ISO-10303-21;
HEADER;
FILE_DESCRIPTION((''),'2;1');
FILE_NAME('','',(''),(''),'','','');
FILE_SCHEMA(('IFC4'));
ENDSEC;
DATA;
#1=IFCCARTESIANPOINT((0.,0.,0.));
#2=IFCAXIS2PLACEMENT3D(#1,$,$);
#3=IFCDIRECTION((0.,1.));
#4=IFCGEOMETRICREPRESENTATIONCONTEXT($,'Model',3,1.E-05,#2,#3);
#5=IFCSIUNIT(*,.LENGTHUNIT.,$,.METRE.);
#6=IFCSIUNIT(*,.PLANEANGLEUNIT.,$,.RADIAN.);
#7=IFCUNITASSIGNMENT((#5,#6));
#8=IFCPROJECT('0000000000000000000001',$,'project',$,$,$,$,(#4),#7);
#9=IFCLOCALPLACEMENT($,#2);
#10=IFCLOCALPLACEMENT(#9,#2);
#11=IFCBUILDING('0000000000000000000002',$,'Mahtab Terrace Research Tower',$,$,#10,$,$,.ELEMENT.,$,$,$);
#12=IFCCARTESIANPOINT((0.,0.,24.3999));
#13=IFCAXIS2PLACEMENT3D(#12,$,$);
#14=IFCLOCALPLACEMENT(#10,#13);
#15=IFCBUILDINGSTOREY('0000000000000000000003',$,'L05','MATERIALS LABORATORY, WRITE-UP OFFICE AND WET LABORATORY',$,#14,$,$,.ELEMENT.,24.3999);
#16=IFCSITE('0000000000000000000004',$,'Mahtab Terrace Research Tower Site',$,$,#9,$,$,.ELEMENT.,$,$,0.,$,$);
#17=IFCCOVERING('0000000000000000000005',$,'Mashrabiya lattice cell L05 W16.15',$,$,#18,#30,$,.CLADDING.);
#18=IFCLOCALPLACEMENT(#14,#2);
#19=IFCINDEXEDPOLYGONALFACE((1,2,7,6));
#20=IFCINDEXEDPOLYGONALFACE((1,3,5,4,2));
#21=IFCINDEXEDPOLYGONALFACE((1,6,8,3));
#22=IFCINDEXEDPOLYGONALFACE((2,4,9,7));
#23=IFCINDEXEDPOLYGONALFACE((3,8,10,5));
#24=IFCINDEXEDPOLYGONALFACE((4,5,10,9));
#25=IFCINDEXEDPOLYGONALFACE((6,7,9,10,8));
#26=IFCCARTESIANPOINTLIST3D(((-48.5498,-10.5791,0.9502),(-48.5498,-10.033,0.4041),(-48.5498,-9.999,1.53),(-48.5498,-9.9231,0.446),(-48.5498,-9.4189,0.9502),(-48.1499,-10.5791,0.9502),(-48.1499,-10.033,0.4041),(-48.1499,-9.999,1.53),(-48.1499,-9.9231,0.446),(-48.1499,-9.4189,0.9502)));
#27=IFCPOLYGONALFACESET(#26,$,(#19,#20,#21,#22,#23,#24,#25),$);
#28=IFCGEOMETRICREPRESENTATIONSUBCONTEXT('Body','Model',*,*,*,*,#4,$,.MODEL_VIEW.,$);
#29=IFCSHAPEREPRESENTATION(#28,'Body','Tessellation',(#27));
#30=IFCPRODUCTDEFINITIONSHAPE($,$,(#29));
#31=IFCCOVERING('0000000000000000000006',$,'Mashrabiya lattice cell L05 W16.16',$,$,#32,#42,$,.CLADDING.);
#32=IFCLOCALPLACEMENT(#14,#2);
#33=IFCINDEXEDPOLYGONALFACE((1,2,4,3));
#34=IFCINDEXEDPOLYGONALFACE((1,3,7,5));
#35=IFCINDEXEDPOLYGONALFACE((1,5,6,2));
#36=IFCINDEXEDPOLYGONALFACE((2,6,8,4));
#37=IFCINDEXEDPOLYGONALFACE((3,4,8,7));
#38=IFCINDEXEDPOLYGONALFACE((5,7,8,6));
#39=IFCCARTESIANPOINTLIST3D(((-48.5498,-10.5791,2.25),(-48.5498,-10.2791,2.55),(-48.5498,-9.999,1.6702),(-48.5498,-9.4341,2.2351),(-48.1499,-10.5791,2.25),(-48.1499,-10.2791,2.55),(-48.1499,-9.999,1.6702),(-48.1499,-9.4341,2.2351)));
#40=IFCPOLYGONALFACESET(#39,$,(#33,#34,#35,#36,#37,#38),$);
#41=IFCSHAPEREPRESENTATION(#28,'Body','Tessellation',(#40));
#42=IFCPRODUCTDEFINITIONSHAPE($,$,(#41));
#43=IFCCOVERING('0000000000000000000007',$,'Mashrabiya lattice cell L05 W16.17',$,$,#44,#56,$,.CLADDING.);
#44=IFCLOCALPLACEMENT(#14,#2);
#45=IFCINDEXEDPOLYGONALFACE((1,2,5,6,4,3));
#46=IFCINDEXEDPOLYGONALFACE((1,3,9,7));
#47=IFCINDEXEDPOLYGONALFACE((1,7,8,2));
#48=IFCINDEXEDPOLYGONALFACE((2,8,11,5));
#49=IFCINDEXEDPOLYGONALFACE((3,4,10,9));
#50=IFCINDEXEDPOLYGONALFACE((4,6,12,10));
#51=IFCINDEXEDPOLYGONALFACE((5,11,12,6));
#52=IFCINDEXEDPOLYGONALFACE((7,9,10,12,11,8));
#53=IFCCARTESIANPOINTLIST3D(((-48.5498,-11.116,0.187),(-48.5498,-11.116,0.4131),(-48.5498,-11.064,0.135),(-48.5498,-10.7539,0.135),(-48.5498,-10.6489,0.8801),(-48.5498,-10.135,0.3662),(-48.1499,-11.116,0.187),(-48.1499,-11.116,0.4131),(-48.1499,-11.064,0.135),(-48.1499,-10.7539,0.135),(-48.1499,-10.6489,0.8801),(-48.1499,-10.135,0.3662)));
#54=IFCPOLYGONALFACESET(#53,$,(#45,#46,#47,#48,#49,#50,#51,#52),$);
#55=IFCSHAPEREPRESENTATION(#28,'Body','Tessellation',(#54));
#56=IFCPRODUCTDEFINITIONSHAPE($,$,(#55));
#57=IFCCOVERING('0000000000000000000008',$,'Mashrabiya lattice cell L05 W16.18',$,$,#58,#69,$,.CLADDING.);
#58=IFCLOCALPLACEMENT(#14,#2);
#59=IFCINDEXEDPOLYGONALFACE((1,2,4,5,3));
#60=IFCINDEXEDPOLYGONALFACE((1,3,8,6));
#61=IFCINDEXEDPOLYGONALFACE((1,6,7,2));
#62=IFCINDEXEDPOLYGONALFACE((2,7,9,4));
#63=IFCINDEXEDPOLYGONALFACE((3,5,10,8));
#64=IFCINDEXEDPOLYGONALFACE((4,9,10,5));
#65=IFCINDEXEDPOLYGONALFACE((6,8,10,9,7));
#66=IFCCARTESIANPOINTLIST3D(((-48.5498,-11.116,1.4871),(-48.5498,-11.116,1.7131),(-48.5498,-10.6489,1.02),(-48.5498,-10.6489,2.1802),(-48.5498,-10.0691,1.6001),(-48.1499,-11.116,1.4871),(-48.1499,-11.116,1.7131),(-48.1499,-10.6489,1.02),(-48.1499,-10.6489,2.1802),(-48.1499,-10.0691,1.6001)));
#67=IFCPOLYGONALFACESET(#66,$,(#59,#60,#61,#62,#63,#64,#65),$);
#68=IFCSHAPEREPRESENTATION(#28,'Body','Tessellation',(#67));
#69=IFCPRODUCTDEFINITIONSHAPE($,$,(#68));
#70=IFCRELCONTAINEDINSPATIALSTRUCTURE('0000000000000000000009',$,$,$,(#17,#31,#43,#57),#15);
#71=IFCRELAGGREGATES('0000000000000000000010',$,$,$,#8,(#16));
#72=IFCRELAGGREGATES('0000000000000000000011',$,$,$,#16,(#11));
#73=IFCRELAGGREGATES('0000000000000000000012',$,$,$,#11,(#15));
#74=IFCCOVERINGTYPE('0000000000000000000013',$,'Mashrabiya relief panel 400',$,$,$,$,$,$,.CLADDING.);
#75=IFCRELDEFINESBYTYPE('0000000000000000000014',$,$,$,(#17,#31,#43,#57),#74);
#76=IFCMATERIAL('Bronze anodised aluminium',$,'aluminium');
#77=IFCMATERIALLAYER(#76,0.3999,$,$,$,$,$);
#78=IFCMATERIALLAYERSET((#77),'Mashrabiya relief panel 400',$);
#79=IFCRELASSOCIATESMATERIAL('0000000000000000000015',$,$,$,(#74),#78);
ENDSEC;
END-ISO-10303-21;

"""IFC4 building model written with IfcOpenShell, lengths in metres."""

from ifc_helpers import new_model, si_unit, direction, frame, origin, place, context, subcontext, project, spatial, polyline, outline, extrude, material, layer, layer_set, type_object, element, save


model = new_model("IFC4")

# Units and contexts
model_context = context("Model", 3, precision=1e-05, world=origin(), true_north=direction((0.0, 1.0)))
body_context = subcontext(model_context, "Body", "Model", "MODEL_VIEW")
ifc_project = project(units=[si_unit("LENGTHUNIT", "METRE"), si_unit("PLANEANGLEUNIT", "RADIAN")], contexts=[model_context])

# Site, building, storey
site_placement = place(None, origin())
site = spatial("IfcSite", under=ifc_project, at=site_placement, Name="Mahtab Terrace Research Tower Site", CompositionType="ELEMENT", RefElevation=0.0)
building_placement = place(site_placement, origin())
building = spatial("IfcBuilding", under=site, at=building_placement, Name="Mahtab Terrace Research Tower", CompositionType="ELEMENT")
storey_placement = place(building_placement, frame((0.0, 0.0, 24.3999)))
storey = spatial("IfcBuildingStorey", under=building, at=storey_placement, Name="L05", Description="MATERIALS LABORATORY, WRITE-UP OFFICE AND WET LABORATORY", CompositionType="ELEMENT", Elevation=24.3999)

# Coverings
ifc_material = material(Name="Bronze anodised aluminium", Category="aluminium")
ifc_layer = layer(ifc_material, 0.3999)
ifc_layer_set = layer_set([ifc_layer], Name="Mashrabiya relief panel 400")
covering_type = type_object("IfcCoveringType", Name="Mashrabiya relief panel 400", PredefinedType="CLADDING", material=ifc_layer_set)
covering_1_placement = place(storey_placement, frame((-48.1499, -9.4189, 0.9502), z_axis=(1.0, 0.0, 0.0), x_axis=(0.0, -0.707256, 0.706958)))
element("IfcCovering", 1, at=covering_1_placement, inside=storey, type_object=covering_type, Name="Mashrabiya lattice cell L05 W16.15", PredefinedType="CLADDING", context=body_context, shape_type="SweptSolid", body=[
    extrude(outline(polyline([(0.0, 0.0), (0.8202, 0.0), (0.8205, 0.8202), (0.0482, 0.8203), (0.0002, 0.713), (0.0, 0.0)])), origin(), (0.0, 0.0, -1.0), 0.3999),
])
covering_2_placement = place(storey_placement, frame((-48.1499, -10.5791, 2.25), z_axis=(1.0, 0.0, 0.0), x_axis=(0.0, 0.707256, -0.706958)))
element("IfcCovering", 2, at=covering_2_placement, inside=storey, type_object=covering_type, Name="Mashrabiya lattice cell L05 W16.16", PredefinedType="CLADDING", context=body_context, shape_type="SweptSolid", body=[
    extrude(outline(polyline([(0.0, 0.0), (0.8202, 0.0), (0.8203, 0.7989), (0.0001, 0.4243), (0.0, 0.0)])), origin(), (0.0, 0.0, -1.0), 0.3999),
])
covering_3_placement = place(storey_placement, frame((-48.1499, -11.064, 0.135), z_axis=(1.0, 0.0, 0.0), x_axis=(0.0, 1.0, 0.0)))
element("IfcCovering", 3, at=covering_3_placement, inside=storey, type_object=covering_type, Name="Mashrabiya lattice cell L05 W16.17", PredefinedType="CLADDING", context=body_context, shape_type="SweptSolid", body=[
    extrude(outline(polyline([(0.0, 0.0), (0.3101, 0.0), (0.929, 0.2312), (0.415, 0.7451), (-0.052, 0.2781), (-0.052, 0.052), (0.0, 0.0)])), origin(), (0.0, 0.0, -1.0), 0.3999),
])
covering_4_placement = place(storey_placement, frame((-48.1499, -10.6489, 1.02), z_axis=(1.0, 0.0, 0.0), x_axis=(0.0, 0.706958, 0.707256)))
element("IfcCovering", 4, at=covering_4_placement, inside=storey, type_object=covering_type, Name="Mashrabiya lattice cell L05 W16.18", PredefinedType="CLADDING", context=body_context, shape_type="SweptSolid", body=[
    extrude(outline(polyline([(0.0, 0.0), (0.8202, 0.0), (0.8205, 0.8202), (0.16, 0.8203), (0.0001, 0.6605), (0.0, 0.0)])), origin(), (0.0, 0.0, -1.0), 0.3999),
])

save(model, "model.ifc")
